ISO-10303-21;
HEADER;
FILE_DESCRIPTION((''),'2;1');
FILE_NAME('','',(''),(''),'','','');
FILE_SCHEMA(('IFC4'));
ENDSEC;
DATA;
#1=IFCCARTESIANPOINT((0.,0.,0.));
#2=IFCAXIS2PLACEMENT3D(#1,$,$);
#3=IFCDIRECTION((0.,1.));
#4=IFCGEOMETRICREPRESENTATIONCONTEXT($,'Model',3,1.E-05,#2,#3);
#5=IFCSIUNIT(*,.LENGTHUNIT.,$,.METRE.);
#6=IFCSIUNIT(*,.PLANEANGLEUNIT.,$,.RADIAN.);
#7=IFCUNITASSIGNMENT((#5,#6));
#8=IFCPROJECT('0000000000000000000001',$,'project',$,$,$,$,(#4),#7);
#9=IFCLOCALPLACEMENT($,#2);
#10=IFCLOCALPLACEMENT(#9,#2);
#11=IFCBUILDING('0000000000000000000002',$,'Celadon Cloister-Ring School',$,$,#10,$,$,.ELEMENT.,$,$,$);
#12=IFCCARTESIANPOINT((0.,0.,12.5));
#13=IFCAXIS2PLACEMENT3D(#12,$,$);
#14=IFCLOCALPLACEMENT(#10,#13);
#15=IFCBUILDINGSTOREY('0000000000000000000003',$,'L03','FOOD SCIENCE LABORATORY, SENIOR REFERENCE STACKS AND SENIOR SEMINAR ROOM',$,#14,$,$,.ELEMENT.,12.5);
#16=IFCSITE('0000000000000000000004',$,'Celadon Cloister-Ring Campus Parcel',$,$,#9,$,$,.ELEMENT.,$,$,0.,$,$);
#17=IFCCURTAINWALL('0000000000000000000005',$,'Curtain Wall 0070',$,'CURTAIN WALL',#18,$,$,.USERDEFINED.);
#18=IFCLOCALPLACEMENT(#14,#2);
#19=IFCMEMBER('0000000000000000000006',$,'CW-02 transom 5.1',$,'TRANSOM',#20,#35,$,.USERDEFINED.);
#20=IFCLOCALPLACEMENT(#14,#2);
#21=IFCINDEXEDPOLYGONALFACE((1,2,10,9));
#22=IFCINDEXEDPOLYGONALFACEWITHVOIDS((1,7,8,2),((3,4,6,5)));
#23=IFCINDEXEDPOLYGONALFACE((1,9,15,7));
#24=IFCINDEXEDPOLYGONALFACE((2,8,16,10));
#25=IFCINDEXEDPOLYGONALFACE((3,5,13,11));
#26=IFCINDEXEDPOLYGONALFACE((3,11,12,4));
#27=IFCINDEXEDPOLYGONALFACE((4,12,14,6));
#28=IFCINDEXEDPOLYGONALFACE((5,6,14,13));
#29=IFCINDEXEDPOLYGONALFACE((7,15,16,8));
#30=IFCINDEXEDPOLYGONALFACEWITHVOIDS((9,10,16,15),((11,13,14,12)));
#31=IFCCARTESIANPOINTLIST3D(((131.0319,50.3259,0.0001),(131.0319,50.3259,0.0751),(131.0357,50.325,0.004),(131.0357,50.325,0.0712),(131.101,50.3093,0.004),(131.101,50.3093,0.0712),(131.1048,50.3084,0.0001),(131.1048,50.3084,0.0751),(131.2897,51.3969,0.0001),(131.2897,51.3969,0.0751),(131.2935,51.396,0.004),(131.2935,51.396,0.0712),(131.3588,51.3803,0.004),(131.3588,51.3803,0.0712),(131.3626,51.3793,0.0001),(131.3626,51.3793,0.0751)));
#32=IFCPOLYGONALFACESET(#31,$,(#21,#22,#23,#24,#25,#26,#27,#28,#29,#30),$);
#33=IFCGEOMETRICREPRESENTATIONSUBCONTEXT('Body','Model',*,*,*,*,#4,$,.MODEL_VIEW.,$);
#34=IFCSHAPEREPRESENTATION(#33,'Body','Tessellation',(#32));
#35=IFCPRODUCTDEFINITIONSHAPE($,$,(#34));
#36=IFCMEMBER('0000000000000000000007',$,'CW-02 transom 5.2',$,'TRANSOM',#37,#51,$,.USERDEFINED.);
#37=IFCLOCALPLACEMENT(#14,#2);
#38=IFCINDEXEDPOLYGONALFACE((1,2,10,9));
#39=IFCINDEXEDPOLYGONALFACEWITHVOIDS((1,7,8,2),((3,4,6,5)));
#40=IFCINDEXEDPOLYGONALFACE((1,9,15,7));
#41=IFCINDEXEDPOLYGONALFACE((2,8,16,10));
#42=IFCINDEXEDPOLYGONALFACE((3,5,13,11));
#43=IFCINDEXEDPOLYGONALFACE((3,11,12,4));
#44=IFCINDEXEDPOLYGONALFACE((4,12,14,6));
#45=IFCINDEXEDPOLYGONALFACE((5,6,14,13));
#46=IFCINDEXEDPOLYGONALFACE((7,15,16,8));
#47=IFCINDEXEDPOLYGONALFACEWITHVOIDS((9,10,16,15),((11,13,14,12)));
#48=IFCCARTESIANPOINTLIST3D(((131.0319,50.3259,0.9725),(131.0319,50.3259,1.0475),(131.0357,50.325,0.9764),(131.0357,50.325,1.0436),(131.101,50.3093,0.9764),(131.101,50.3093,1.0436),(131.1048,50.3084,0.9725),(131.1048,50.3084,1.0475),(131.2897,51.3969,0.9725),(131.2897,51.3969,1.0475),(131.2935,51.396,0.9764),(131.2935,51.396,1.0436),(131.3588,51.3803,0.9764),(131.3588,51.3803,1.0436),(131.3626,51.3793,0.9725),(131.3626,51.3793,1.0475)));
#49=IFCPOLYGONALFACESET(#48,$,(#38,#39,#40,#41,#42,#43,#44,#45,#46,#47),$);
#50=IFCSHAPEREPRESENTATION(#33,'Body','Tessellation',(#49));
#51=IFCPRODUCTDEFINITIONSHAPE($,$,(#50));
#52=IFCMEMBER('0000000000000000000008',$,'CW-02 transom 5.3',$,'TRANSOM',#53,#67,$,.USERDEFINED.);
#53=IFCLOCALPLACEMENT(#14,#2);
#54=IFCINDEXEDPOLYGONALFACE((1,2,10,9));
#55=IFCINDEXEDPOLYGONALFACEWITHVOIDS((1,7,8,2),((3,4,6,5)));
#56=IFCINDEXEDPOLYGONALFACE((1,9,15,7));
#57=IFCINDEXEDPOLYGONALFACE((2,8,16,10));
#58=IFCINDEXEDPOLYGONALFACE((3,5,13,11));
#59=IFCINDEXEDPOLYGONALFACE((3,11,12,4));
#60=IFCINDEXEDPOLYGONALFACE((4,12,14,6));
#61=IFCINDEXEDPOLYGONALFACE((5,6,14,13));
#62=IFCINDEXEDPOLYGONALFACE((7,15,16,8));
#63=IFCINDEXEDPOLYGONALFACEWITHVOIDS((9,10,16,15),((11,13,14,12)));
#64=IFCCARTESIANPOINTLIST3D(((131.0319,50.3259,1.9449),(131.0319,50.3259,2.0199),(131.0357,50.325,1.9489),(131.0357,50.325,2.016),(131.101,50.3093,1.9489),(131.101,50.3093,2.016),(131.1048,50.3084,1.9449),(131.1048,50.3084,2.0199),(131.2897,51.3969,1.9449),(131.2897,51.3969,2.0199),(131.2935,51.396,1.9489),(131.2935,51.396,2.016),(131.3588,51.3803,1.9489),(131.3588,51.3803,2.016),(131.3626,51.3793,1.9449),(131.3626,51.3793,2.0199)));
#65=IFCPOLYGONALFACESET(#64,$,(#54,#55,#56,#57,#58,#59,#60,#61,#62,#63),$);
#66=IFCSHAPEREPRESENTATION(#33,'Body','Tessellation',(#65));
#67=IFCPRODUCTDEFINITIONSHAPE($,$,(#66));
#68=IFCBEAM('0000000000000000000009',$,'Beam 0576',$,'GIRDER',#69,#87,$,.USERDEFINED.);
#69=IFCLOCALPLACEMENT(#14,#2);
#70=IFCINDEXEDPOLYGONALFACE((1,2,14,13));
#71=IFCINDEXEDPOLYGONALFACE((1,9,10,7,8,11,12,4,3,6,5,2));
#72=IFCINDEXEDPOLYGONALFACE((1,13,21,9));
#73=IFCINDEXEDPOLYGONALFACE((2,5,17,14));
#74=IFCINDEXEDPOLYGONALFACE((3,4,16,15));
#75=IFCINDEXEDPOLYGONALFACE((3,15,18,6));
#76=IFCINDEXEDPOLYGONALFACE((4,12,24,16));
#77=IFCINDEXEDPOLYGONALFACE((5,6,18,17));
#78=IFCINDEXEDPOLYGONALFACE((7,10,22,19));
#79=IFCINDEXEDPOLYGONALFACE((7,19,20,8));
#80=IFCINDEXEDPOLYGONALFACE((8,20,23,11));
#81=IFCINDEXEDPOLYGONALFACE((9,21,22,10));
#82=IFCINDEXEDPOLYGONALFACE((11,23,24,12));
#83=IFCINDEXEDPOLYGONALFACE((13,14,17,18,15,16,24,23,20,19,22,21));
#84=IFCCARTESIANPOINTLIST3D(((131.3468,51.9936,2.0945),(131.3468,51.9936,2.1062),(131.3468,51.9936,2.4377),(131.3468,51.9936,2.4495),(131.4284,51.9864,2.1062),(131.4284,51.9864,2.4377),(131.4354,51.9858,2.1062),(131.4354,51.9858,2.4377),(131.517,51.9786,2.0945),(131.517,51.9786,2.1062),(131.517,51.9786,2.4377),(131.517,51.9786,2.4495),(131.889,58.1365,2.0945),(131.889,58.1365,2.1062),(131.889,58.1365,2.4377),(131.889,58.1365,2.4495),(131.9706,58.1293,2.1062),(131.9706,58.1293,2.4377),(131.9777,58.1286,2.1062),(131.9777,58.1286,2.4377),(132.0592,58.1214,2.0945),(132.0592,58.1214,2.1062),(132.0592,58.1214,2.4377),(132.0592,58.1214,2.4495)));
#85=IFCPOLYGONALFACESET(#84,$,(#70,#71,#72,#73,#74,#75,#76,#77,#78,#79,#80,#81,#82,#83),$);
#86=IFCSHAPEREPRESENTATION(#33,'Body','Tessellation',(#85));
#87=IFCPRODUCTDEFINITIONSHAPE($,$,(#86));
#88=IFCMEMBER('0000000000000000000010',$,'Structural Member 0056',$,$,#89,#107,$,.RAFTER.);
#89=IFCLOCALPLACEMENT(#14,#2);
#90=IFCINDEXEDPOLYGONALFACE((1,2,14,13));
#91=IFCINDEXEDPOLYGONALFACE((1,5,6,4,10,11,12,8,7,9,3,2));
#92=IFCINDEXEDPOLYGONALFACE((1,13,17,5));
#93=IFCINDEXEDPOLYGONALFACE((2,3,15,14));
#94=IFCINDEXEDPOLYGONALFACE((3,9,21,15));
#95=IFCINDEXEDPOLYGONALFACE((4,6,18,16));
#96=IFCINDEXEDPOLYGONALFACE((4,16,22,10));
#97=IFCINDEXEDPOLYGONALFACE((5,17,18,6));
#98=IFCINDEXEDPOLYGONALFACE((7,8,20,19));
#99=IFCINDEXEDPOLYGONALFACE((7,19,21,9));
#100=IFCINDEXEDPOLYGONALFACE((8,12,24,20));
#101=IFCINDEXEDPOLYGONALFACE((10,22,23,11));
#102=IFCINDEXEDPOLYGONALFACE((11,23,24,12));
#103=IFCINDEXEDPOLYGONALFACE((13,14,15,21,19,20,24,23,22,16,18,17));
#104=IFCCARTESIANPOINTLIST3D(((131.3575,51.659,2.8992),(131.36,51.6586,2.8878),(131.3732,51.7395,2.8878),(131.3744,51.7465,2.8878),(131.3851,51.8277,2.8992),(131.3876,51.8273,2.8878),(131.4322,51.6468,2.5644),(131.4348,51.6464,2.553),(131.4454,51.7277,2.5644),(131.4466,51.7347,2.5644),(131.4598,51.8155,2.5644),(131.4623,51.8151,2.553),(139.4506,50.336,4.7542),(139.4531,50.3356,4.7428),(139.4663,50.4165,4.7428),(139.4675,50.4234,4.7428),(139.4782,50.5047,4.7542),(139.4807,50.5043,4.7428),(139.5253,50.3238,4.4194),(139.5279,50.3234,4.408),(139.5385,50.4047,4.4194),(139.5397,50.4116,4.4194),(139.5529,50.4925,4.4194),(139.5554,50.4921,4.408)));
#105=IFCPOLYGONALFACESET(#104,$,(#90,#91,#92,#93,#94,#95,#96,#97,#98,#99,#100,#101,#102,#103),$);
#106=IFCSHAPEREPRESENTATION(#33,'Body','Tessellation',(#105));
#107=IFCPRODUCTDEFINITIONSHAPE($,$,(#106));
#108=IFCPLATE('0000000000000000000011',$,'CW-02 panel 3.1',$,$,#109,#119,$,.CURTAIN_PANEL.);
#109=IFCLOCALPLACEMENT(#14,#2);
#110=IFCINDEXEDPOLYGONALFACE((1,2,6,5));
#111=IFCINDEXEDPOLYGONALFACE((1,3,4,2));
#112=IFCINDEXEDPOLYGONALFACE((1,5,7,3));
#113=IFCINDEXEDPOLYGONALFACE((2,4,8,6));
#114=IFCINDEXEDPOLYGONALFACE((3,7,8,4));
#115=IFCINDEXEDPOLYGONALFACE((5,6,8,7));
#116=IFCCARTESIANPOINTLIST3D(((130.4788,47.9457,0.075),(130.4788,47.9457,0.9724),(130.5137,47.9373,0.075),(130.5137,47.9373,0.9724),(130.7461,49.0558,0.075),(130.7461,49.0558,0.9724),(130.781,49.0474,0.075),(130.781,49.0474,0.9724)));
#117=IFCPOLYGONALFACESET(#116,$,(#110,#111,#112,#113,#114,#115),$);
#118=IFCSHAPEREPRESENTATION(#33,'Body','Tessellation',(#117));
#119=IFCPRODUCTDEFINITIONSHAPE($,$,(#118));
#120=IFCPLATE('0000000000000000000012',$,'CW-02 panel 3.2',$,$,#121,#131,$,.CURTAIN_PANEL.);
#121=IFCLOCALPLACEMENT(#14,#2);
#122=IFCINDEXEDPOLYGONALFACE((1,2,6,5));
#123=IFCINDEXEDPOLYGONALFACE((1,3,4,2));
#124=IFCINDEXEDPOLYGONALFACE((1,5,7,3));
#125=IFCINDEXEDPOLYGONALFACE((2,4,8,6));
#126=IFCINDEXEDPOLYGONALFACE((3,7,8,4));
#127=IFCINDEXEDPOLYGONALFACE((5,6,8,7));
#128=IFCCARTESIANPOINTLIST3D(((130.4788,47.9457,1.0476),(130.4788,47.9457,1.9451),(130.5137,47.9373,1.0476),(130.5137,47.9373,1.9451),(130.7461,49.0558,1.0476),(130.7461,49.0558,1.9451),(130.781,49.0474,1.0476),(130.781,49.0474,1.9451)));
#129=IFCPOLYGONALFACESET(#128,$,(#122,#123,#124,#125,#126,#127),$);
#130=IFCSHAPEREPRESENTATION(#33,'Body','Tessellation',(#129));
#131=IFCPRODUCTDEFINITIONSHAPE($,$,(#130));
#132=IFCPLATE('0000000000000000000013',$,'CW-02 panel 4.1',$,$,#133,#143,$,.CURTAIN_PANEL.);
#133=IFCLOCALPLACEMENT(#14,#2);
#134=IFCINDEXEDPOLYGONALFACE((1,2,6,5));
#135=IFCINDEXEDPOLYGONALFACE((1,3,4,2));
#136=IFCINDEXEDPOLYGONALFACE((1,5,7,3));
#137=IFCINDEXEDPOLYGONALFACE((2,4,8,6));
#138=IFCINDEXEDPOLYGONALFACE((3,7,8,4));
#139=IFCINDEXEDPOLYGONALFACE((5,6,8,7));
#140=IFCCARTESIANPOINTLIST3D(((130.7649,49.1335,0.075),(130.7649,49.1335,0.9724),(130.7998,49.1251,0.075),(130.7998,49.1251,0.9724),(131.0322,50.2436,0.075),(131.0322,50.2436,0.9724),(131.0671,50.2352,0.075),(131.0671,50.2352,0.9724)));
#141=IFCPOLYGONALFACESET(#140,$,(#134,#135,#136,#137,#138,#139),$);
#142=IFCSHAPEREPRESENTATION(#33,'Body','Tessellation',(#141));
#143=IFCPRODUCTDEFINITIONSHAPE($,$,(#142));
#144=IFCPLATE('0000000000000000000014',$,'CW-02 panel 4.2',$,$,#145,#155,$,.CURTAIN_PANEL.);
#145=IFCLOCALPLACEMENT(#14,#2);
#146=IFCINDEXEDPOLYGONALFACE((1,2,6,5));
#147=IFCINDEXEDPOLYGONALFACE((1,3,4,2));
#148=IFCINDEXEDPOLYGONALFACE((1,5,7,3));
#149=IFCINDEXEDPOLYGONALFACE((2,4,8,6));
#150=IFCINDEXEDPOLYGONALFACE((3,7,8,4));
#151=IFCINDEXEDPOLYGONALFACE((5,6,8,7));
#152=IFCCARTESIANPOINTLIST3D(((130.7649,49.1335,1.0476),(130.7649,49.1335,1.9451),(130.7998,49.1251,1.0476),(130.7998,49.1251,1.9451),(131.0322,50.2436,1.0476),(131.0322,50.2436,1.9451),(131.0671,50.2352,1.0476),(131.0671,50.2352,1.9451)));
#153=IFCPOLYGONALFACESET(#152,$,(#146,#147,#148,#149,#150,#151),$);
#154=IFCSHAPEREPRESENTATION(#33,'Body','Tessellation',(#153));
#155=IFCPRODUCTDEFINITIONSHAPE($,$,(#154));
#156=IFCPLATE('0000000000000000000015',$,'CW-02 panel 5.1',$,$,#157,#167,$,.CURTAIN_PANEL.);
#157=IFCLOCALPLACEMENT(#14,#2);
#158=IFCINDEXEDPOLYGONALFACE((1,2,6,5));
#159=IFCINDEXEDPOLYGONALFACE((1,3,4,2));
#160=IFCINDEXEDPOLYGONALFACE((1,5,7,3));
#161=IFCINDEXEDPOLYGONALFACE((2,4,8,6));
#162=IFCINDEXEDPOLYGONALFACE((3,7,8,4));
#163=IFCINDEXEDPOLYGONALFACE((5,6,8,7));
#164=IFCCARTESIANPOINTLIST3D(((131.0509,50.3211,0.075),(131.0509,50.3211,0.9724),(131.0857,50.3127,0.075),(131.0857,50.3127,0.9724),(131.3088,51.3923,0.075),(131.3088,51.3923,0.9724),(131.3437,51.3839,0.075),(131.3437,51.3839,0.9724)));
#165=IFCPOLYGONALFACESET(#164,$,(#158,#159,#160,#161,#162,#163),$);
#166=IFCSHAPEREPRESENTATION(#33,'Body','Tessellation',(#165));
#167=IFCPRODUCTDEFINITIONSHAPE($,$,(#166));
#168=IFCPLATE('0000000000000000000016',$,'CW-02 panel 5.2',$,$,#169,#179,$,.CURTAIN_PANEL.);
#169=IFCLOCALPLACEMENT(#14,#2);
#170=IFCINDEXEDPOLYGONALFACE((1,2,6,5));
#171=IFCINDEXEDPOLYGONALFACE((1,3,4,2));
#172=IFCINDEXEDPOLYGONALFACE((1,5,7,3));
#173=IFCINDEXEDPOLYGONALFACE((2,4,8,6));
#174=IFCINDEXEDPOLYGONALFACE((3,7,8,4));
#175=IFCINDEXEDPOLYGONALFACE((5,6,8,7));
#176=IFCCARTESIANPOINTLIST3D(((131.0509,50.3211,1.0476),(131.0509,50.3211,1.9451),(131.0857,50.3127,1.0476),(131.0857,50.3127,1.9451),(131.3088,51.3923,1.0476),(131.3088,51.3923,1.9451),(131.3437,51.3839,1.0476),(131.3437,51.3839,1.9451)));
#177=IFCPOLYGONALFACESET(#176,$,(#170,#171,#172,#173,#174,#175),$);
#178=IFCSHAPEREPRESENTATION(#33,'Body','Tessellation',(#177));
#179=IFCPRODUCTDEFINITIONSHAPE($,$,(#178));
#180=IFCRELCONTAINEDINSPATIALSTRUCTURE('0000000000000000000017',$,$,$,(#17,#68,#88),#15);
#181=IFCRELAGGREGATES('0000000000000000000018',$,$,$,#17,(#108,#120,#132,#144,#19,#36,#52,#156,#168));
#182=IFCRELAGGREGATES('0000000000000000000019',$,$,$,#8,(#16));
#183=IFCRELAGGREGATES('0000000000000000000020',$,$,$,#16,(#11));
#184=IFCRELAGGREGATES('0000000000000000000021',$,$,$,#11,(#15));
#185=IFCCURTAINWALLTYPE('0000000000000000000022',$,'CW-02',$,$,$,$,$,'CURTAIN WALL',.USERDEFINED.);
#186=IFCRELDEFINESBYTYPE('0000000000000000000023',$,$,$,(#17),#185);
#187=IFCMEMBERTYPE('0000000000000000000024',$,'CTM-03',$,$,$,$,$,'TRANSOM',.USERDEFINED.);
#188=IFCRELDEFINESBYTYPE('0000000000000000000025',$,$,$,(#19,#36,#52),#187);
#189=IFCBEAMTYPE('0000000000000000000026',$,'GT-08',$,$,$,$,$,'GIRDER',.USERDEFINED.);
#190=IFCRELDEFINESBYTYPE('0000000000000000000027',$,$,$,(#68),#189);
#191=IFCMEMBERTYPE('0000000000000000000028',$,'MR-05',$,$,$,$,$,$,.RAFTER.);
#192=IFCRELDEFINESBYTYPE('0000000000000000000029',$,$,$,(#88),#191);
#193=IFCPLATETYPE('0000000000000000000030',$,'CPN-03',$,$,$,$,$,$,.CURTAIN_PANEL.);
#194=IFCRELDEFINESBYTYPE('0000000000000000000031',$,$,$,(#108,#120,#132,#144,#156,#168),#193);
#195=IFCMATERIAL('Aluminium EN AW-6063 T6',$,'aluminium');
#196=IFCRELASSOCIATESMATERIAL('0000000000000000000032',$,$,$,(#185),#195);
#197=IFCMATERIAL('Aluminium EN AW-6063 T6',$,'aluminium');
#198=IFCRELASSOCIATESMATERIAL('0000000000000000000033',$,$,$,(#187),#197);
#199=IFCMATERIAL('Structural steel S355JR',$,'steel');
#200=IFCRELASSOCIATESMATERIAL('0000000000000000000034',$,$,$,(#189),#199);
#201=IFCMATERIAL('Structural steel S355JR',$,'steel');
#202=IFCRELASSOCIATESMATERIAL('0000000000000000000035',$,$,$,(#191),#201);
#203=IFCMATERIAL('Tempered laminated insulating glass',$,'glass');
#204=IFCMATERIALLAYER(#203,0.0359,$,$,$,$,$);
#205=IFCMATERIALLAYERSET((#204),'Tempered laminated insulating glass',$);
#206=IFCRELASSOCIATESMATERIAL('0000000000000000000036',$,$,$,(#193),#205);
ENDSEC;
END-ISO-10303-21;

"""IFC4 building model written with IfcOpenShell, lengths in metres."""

from ifc_helpers import new_model, si_unit, direction, frame, origin, origin_2d, place, context, subcontext, project, spatial, rectangle, hollow_rectangle, i_section, extrude, material, layer, layer_set, material_profile, profile_set, type_object, element, aggregate, save


model = new_model("IFC4")

# Units and contexts
model_context = context("Model", 3, precision=1e-05, world=origin(), true_north=direction((0.0, 1.0)))
body_context = subcontext(model_context, "Body", "Model", "MODEL_VIEW")
ifc_project = project(units=[si_unit("LENGTHUNIT", "METRE"), si_unit("PLANEANGLEUNIT", "RADIAN")], contexts=[model_context])

# Site, building, storey
site_placement = place(None, origin())
site = spatial("IfcSite", under=ifc_project, at=site_placement, Name="Celadon Cloister-Ring Campus Parcel", CompositionType="ELEMENT", RefElevation=0.0)
building_placement = place(site_placement, origin())
building = spatial("IfcBuilding", under=site, at=building_placement, Name="Celadon Cloister-Ring School", CompositionType="ELEMENT")
storey_placement = place(building_placement, frame((0.0, 0.0, 12.5)))
storey = spatial("IfcBuildingStorey", under=building, at=storey_placement, Name="L03", Description="FOOD SCIENCE LABORATORY, SENIOR REFERENCE STACKS AND SENIOR SEMINAR ROOM", CompositionType="ELEMENT", Elevation=12.5)

# Curtain wall
ifc_material_1 = material(Name="Aluminium EN AW-6063 T6", Category="aluminium")
curtain_wall_type = type_object("IfcCurtainWallType", Name="CW-02", ElementType="CURTAIN WALL", PredefinedType="USERDEFINED", material=ifc_material_1)
curtain_wall_1_placement = place(storey_placement, origin())
curtain_wall_1 = element("IfcCurtainWall", 1, at=curtain_wall_1_placement, inside=storey, type_object=curtain_wall_type, Name="Curtain Wall 0070", ObjectType="CURTAIN WALL", PredefinedType="USERDEFINED")

# Members
ifc_material_2 = material(Name="Aluminium EN AW-6063 T6", Category="aluminium")
ifc_material_profile_1 = material_profile(ifc_material_2, hollow_rectangle(XDim=0.075, YDim=0.075, WallThickness=0.0039, at=origin_2d()), Name="RHS75X75X4")
ifc_profile_set_1 = profile_set([ifc_material_profile_1], Name="Aluminium EN AW-6063 T6")
member_type_1 = type_object("IfcMemberType", Name="CTM-03", ElementType="TRANSOM", PredefinedType="USERDEFINED", material=ifc_profile_set_1)
member_1_placement = place(storey_placement, frame((131.0684, 50.3171, 0.0376), z_axis=(0.234027, 0.97223, 0.0), x_axis=(-0.97223, 0.234027, 0.0)))
member_1 = element("IfcMember", 2, at=member_1_placement, type_object=member_type_1, Name="CW-02 transom 5.1", ObjectType="TRANSOM", PredefinedType="USERDEFINED", context=body_context, shape_type="SweptSolid", body=[
    extrude(hollow_rectangle(XDim=0.075, YDim=0.075, WallThickness=0.0039, at=origin_2d()), origin(), (0.0, 0.0, 1.0), 1.1016),
])
member_2_placement = place(storey_placement, frame((131.0684, 50.3171, 1.01), z_axis=(0.234027, 0.97223, 0.0), x_axis=(-0.97223, 0.234027, 0.0)))
member_2 = element("IfcMember", 3, at=member_2_placement, type_object=member_type_1, Name="CW-02 transom 5.2", ObjectType="TRANSOM", PredefinedType="USERDEFINED", context=body_context, shape_type="SweptSolid", body=[
    extrude(hollow_rectangle(XDim=0.075, YDim=0.075, WallThickness=0.0039, at=origin_2d()), origin(), (0.0, 0.0, 1.0), 1.1016),
])
member_3_placement = place(storey_placement, frame((131.0684, 50.3171, 1.9824), z_axis=(0.234027, 0.97223, 0.0), x_axis=(-0.97223, 0.234027, 0.0)))
member_3 = element("IfcMember", 4, at=member_3_placement, type_object=member_type_1, Name="CW-02 transom 5.3", ObjectType="TRANSOM", PredefinedType="USERDEFINED", context=body_context, shape_type="SweptSolid", body=[
    extrude(hollow_rectangle(XDim=0.075, YDim=0.075, WallThickness=0.0039, at=origin_2d()), origin(), (0.0, 0.0, 1.0), 1.1016),
])

# Beam
ifc_material_3 = material(Name="Structural steel S355JR", Category="steel")
ifc_material_profile_2 = material_profile(ifc_material_3, i_section(OverallWidth=0.1709, OverallDepth=0.355, WebThickness=0.0071, FlangeThickness=0.0117, at=origin_2d()), Name="W360X51")
ifc_profile_set_2 = profile_set([ifc_material_profile_2], Name="Structural steel S355JR")
beam_type = type_object("IfcBeamType", Name="GT-08", ElementType="GIRDER", PredefinedType="USERDEFINED", material=ifc_profile_set_2)
beam_placement = place(storey_placement, frame((131.4319, 51.9861, 2.272), z_axis=(0.08793, 0.996127, 0.0), x_axis=(-0.996127, 0.08793, 0.0)))
element("IfcBeam", 5, at=beam_placement, inside=storey, type_object=beam_type, Name="Beam 0576", ObjectType="GIRDER", PredefinedType="USERDEFINED", context=body_context, shape_type="SweptSolid", body=[
    extrude(i_section(OverallWidth=0.1709, OverallDepth=0.355, WebThickness=0.0071, FlangeThickness=0.0117, at=origin_2d()), origin(), (0.0, 0.0, 1.0), 6.1667),
])

# Member
ifc_material_4 = material(Name="Structural steel S355JR", Category="steel")
ifc_material_profile_3 = material_profile(ifc_material_4, i_section(OverallWidth=0.1709, OverallDepth=0.355, WebThickness=0.0071, FlangeThickness=0.0117, at=origin_2d()), Name="W360X51")
ifc_profile_set_3 = profile_set([ifc_material_profile_3], Name="Structural steel S355JR")
member_type_2 = type_object("IfcMemberType", Name="MR-05", PredefinedType="RAFTER", material=ifc_profile_set_3)
member_4_placement = place(storey_placement, frame((131.4099, 51.7371, 2.7261), z_axis=(0.96258, -0.157357, 0.220631), x_axis=(0.161333, 0.9869, 0.0)))
element("IfcMember", 6, at=member_4_placement, inside=storey, type_object=member_type_2, Name="Structural Member 0056", PredefinedType="RAFTER", context=body_context, shape_type="SweptSolid", body=[
    extrude(i_section(OverallWidth=0.1709, OverallDepth=0.355, WebThickness=0.0071, FlangeThickness=0.0117, at=origin_2d()), origin(), (0.0, 0.0, 1.0), 8.4077),
])

# Plates
ifc_material_5 = material(Name="Tempered laminated insulating glass", Category="glass")
ifc_layer_1 = layer(ifc_material_5, 0.0359)
ifc_layer_set_1 = layer_set([ifc_layer_1], Name="Tempered laminated insulating glass")
plate_type = type_object("IfcPlateType", Name="CPN-03", PredefinedType="CURTAIN_PANEL", material=ifc_layer_set_1)
plate_1_placement = place(storey_placement, frame((130.6299, 48.4966, 0.075), z_axis=(0.0, 0.0, 1.0), x_axis=(0.234091, 0.972215, 0.0)))
plate_1 = element("IfcPlate", 7, at=plate_1_placement, type_object=plate_type, Name="CW-02 panel 3.1", PredefinedType="CURTAIN_PANEL", context=body_context, shape_type="SweptSolid", body=[
    extrude(rectangle(XDim=1.1418, YDim=0.0359, at=origin_2d()), origin(), (0.0, 0.0, 1.0), 0.8975),
])
plate_2_placement = place(storey_placement, frame((130.6299, 48.4966, 1.0476), z_axis=(0.0, 0.0, 1.0), x_axis=(0.234091, 0.972215, 0.0)))
plate_2 = element("IfcPlate", 8, at=plate_2_placement, type_object=plate_type, Name="CW-02 panel 3.2", PredefinedType="CURTAIN_PANEL", context=body_context, shape_type="SweptSolid", body=[
    extrude(rectangle(XDim=1.1418, YDim=0.0359, at=origin_2d()), origin(), (0.0, 0.0, 1.0), 0.8975),
])
plate_3_placement = place(storey_placement, frame((130.916, 49.6843, 0.075), z_axis=(0.0, 0.0, 1.0), x_axis=(0.234091, 0.972215, 0.0)))
plate_3 = element("IfcPlate", 9, at=plate_3_placement, type_object=plate_type, Name="CW-02 panel 4.1", PredefinedType="CURTAIN_PANEL", context=body_context, shape_type="SweptSolid", body=[
    extrude(rectangle(XDim=1.1418, YDim=0.0359, at=origin_2d()), origin(), (0.0, 0.0, 1.0), 0.8975),
])
plate_4_placement = place(storey_placement, frame((130.916, 49.6843, 1.0476), z_axis=(0.0, 0.0, 1.0), x_axis=(0.234091, 0.972215, 0.0)))
plate_4 = element("IfcPlate", 10, at=plate_4_placement, type_object=plate_type, Name="CW-02 panel 4.2", PredefinedType="CURTAIN_PANEL", context=body_context, shape_type="SweptSolid", body=[
    extrude(rectangle(XDim=1.1418, YDim=0.0359, at=origin_2d()), origin(), (0.0, 0.0, 1.0), 0.8975),
])
plate_5_placement = place(storey_placement, frame((131.1973, 50.8525, 0.075), z_axis=(0.0, 0.0, 1.0), x_axis=(0.234091, 0.972215, 0.0)))
plate_5 = element("IfcPlate", 11, at=plate_5_placement, type_object=plate_type, Name="CW-02 panel 5.1", PredefinedType="CURTAIN_PANEL", context=body_context, shape_type="SweptSolid", body=[
    extrude(rectangle(XDim=1.1018, YDim=0.0359, at=origin_2d()), origin(), (0.0, 0.0, 1.0), 0.8975),
])
plate_6_placement = place(storey_placement, frame((131.1973, 50.8525, 1.0476), z_axis=(0.0, 0.0, 1.0), x_axis=(0.234091, 0.972215, 0.0)))
plate_6 = element("IfcPlate", 12, at=plate_6_placement, type_object=plate_type, Name="CW-02 panel 5.2", PredefinedType="CURTAIN_PANEL", context=body_context, shape_type="SweptSolid", body=[
    extrude(rectangle(XDim=1.1018, YDim=0.0359, at=origin_2d()), origin(), (0.0, 0.0, 1.0), 0.8975),
])
aggregate(curtain_wall_1, [plate_1, plate_2, plate_3, plate_4, member_1, member_2, member_3, plate_5, plate_6])

save(model, "model.ifc")
